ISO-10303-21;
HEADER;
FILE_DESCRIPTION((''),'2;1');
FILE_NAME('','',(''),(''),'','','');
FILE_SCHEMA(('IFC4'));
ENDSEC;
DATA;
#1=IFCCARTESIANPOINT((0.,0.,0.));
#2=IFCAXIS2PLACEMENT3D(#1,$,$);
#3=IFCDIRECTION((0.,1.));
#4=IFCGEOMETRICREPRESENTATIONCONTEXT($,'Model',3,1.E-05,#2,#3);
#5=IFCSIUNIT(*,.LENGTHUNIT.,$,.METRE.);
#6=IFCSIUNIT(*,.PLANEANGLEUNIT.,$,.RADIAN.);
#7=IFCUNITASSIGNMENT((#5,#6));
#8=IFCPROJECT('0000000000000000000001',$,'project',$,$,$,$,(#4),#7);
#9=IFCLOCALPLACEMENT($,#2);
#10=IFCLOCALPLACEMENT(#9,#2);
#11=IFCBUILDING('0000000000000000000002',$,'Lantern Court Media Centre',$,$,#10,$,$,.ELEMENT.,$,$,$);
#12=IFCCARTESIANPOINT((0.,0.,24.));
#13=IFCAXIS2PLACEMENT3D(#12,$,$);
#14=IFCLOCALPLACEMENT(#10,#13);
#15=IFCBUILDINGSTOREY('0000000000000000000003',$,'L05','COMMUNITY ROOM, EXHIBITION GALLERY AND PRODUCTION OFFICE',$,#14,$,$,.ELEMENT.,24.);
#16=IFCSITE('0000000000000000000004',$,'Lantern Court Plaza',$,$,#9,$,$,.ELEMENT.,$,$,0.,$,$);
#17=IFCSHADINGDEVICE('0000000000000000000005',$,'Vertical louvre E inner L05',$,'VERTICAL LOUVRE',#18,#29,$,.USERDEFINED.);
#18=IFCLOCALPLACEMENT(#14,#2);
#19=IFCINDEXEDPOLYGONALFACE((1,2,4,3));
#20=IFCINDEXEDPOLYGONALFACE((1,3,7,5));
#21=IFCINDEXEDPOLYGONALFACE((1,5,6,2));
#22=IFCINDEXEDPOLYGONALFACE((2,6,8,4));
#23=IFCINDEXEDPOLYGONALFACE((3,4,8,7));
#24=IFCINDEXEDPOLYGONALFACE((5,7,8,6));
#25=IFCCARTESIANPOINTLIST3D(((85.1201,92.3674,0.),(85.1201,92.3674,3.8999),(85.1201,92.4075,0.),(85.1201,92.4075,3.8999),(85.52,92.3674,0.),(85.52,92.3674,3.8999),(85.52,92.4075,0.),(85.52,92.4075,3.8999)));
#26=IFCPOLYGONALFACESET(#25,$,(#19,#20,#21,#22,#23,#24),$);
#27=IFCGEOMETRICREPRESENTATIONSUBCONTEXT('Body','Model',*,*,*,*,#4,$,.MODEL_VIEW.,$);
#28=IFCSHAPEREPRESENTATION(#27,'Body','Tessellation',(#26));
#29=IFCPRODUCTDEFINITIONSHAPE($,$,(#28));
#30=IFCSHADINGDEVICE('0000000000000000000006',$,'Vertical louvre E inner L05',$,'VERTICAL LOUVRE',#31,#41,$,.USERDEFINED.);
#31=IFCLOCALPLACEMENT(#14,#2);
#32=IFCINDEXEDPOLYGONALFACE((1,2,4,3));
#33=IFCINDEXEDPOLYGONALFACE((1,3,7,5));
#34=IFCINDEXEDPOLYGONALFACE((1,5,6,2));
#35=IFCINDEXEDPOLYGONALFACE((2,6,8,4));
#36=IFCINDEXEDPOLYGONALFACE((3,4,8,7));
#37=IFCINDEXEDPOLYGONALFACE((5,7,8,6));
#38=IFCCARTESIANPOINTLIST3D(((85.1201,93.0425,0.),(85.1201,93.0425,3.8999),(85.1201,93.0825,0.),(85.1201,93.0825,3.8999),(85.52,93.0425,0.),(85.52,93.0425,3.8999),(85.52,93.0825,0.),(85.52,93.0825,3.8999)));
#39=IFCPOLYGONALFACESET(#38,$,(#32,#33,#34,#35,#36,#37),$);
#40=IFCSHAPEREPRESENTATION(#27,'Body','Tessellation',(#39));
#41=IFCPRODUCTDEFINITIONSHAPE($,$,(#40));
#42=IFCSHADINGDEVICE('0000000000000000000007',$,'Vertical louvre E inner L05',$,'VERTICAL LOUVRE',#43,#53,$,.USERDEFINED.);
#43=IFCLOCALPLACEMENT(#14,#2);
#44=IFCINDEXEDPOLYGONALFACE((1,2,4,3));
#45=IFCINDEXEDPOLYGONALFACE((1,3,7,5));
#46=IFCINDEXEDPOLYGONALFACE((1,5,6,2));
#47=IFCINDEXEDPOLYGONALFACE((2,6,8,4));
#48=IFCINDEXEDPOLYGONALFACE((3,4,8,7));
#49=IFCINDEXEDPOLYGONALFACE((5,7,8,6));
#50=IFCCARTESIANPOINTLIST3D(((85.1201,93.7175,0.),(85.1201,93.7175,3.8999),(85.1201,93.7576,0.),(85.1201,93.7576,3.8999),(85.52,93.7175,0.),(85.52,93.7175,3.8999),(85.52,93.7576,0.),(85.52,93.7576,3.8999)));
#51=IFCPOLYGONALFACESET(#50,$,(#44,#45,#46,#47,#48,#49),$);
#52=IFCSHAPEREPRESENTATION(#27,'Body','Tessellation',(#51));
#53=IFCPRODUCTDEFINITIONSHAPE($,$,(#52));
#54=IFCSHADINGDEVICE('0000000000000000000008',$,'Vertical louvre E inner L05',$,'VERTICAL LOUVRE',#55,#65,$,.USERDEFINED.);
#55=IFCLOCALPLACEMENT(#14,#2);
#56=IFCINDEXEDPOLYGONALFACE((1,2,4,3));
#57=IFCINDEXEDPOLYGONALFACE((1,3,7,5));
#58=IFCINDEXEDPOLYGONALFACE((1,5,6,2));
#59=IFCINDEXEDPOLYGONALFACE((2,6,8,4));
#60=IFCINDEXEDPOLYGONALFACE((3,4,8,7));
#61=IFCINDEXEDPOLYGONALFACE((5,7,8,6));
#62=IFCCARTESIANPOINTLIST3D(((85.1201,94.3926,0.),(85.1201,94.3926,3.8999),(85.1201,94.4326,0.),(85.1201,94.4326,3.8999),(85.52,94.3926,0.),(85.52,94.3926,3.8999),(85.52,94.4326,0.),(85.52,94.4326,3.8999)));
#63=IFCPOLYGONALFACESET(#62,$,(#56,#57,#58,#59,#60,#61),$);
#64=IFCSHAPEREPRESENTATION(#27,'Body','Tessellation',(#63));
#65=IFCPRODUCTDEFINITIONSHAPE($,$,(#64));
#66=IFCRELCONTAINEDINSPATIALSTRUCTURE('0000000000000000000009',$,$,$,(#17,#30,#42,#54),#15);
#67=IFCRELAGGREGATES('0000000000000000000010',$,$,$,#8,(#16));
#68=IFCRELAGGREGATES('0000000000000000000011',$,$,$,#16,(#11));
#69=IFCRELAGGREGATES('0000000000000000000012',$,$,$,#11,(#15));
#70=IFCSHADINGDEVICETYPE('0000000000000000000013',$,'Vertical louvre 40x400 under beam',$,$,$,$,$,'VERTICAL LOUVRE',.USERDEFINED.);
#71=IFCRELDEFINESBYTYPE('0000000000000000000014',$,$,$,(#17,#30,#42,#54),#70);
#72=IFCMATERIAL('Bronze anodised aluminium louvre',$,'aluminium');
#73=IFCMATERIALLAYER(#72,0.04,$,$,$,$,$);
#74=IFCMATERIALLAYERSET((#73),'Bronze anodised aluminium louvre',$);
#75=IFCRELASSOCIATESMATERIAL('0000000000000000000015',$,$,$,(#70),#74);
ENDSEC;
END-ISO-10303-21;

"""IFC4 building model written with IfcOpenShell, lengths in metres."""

from ifc_helpers import new_model, si_unit, direction, frame, origin, origin_2d, place, context, subcontext, project, spatial, rectangle, extrude, material, layer, layer_set, type_object, element, save


model = new_model("IFC4")

# Units and contexts
model_context = context("Model", 3, precision=1e-05, world=origin(), true_north=direction((0.0, 1.0)))
body_context = subcontext(model_context, "Body", "Model", "MODEL_VIEW")
ifc_project = project(units=[si_unit("LENGTHUNIT", "METRE"), si_unit("PLANEANGLEUNIT", "RADIAN")], contexts=[model_context])

# Site, building, storey
site_placement = place(None, origin())
site = spatial("IfcSite", under=ifc_project, at=site_placement, Name="Lantern Court Plaza", CompositionType="ELEMENT", RefElevation=0.0)
building_placement = place(site_placement, origin())
building = spatial("IfcBuilding", under=site, at=building_placement, Name="Lantern Court Media Centre", CompositionType="ELEMENT")
storey_placement = place(building_placement, frame((0.0, 0.0, 24.0)))
storey = spatial("IfcBuildingStorey", under=building, at=storey_placement, Name="L05", Description="COMMUNITY ROOM, EXHIBITION GALLERY AND PRODUCTION OFFICE", CompositionType="ELEMENT", Elevation=24.0)

# Shading devices
ifc_material_1 = material(Name="Bronze anodised aluminium louvre", Category="aluminium")
ifc_layer_1 = layer(ifc_material_1, 0.04)
ifc_layer_set_1 = layer_set([ifc_layer_1], Name="Bronze anodised aluminium louvre")
shading_device_type = type_object("IfcShadingDeviceType", Name="Vertical louvre 40x400 under beam", ElementType="VERTICAL LOUVRE", PredefinedType="USERDEFINED", material=ifc_layer_set_1)
for number, where, z_axis, x_axis, name in (
    (1, (85.3201, 92.3875, 0.0), (0.0, 0.0, 1.0), (1.0, 0.0, 0.0), "Vertical louvre E inner L05"),
    (2, (85.3201, 93.0625, 0.0), (0.0, 0.0, 1.0), (1.0, 0.0, 0.0), "Vertical louvre E inner L05"),
    (3, (85.3201, 93.7375, 0.0), (0.0, 0.0, 1.0), (1.0, 0.0, 0.0), "Vertical louvre E inner L05"),
    (4, (85.3201, 94.4126, 0.0), (0.0, 0.0, 1.0), (1.0, 0.0, 0.0), "Vertical louvre E inner L05"),
):
    element("IfcShadingDevice", number, at=place(storey_placement, frame(where, z_axis=z_axis, x_axis=x_axis)), inside=storey, type_object=shading_device_type, Name=name, ObjectType="VERTICAL LOUVRE", PredefinedType="USERDEFINED", context=body_context, shape_type="SweptSolid", body=[
        extrude(rectangle(XDim=0.3999, YDim=0.04, at=origin_2d()), origin(), (0.0, 0.0, 1.0), 3.8999),
    ])

save(model, "model.ifc")
